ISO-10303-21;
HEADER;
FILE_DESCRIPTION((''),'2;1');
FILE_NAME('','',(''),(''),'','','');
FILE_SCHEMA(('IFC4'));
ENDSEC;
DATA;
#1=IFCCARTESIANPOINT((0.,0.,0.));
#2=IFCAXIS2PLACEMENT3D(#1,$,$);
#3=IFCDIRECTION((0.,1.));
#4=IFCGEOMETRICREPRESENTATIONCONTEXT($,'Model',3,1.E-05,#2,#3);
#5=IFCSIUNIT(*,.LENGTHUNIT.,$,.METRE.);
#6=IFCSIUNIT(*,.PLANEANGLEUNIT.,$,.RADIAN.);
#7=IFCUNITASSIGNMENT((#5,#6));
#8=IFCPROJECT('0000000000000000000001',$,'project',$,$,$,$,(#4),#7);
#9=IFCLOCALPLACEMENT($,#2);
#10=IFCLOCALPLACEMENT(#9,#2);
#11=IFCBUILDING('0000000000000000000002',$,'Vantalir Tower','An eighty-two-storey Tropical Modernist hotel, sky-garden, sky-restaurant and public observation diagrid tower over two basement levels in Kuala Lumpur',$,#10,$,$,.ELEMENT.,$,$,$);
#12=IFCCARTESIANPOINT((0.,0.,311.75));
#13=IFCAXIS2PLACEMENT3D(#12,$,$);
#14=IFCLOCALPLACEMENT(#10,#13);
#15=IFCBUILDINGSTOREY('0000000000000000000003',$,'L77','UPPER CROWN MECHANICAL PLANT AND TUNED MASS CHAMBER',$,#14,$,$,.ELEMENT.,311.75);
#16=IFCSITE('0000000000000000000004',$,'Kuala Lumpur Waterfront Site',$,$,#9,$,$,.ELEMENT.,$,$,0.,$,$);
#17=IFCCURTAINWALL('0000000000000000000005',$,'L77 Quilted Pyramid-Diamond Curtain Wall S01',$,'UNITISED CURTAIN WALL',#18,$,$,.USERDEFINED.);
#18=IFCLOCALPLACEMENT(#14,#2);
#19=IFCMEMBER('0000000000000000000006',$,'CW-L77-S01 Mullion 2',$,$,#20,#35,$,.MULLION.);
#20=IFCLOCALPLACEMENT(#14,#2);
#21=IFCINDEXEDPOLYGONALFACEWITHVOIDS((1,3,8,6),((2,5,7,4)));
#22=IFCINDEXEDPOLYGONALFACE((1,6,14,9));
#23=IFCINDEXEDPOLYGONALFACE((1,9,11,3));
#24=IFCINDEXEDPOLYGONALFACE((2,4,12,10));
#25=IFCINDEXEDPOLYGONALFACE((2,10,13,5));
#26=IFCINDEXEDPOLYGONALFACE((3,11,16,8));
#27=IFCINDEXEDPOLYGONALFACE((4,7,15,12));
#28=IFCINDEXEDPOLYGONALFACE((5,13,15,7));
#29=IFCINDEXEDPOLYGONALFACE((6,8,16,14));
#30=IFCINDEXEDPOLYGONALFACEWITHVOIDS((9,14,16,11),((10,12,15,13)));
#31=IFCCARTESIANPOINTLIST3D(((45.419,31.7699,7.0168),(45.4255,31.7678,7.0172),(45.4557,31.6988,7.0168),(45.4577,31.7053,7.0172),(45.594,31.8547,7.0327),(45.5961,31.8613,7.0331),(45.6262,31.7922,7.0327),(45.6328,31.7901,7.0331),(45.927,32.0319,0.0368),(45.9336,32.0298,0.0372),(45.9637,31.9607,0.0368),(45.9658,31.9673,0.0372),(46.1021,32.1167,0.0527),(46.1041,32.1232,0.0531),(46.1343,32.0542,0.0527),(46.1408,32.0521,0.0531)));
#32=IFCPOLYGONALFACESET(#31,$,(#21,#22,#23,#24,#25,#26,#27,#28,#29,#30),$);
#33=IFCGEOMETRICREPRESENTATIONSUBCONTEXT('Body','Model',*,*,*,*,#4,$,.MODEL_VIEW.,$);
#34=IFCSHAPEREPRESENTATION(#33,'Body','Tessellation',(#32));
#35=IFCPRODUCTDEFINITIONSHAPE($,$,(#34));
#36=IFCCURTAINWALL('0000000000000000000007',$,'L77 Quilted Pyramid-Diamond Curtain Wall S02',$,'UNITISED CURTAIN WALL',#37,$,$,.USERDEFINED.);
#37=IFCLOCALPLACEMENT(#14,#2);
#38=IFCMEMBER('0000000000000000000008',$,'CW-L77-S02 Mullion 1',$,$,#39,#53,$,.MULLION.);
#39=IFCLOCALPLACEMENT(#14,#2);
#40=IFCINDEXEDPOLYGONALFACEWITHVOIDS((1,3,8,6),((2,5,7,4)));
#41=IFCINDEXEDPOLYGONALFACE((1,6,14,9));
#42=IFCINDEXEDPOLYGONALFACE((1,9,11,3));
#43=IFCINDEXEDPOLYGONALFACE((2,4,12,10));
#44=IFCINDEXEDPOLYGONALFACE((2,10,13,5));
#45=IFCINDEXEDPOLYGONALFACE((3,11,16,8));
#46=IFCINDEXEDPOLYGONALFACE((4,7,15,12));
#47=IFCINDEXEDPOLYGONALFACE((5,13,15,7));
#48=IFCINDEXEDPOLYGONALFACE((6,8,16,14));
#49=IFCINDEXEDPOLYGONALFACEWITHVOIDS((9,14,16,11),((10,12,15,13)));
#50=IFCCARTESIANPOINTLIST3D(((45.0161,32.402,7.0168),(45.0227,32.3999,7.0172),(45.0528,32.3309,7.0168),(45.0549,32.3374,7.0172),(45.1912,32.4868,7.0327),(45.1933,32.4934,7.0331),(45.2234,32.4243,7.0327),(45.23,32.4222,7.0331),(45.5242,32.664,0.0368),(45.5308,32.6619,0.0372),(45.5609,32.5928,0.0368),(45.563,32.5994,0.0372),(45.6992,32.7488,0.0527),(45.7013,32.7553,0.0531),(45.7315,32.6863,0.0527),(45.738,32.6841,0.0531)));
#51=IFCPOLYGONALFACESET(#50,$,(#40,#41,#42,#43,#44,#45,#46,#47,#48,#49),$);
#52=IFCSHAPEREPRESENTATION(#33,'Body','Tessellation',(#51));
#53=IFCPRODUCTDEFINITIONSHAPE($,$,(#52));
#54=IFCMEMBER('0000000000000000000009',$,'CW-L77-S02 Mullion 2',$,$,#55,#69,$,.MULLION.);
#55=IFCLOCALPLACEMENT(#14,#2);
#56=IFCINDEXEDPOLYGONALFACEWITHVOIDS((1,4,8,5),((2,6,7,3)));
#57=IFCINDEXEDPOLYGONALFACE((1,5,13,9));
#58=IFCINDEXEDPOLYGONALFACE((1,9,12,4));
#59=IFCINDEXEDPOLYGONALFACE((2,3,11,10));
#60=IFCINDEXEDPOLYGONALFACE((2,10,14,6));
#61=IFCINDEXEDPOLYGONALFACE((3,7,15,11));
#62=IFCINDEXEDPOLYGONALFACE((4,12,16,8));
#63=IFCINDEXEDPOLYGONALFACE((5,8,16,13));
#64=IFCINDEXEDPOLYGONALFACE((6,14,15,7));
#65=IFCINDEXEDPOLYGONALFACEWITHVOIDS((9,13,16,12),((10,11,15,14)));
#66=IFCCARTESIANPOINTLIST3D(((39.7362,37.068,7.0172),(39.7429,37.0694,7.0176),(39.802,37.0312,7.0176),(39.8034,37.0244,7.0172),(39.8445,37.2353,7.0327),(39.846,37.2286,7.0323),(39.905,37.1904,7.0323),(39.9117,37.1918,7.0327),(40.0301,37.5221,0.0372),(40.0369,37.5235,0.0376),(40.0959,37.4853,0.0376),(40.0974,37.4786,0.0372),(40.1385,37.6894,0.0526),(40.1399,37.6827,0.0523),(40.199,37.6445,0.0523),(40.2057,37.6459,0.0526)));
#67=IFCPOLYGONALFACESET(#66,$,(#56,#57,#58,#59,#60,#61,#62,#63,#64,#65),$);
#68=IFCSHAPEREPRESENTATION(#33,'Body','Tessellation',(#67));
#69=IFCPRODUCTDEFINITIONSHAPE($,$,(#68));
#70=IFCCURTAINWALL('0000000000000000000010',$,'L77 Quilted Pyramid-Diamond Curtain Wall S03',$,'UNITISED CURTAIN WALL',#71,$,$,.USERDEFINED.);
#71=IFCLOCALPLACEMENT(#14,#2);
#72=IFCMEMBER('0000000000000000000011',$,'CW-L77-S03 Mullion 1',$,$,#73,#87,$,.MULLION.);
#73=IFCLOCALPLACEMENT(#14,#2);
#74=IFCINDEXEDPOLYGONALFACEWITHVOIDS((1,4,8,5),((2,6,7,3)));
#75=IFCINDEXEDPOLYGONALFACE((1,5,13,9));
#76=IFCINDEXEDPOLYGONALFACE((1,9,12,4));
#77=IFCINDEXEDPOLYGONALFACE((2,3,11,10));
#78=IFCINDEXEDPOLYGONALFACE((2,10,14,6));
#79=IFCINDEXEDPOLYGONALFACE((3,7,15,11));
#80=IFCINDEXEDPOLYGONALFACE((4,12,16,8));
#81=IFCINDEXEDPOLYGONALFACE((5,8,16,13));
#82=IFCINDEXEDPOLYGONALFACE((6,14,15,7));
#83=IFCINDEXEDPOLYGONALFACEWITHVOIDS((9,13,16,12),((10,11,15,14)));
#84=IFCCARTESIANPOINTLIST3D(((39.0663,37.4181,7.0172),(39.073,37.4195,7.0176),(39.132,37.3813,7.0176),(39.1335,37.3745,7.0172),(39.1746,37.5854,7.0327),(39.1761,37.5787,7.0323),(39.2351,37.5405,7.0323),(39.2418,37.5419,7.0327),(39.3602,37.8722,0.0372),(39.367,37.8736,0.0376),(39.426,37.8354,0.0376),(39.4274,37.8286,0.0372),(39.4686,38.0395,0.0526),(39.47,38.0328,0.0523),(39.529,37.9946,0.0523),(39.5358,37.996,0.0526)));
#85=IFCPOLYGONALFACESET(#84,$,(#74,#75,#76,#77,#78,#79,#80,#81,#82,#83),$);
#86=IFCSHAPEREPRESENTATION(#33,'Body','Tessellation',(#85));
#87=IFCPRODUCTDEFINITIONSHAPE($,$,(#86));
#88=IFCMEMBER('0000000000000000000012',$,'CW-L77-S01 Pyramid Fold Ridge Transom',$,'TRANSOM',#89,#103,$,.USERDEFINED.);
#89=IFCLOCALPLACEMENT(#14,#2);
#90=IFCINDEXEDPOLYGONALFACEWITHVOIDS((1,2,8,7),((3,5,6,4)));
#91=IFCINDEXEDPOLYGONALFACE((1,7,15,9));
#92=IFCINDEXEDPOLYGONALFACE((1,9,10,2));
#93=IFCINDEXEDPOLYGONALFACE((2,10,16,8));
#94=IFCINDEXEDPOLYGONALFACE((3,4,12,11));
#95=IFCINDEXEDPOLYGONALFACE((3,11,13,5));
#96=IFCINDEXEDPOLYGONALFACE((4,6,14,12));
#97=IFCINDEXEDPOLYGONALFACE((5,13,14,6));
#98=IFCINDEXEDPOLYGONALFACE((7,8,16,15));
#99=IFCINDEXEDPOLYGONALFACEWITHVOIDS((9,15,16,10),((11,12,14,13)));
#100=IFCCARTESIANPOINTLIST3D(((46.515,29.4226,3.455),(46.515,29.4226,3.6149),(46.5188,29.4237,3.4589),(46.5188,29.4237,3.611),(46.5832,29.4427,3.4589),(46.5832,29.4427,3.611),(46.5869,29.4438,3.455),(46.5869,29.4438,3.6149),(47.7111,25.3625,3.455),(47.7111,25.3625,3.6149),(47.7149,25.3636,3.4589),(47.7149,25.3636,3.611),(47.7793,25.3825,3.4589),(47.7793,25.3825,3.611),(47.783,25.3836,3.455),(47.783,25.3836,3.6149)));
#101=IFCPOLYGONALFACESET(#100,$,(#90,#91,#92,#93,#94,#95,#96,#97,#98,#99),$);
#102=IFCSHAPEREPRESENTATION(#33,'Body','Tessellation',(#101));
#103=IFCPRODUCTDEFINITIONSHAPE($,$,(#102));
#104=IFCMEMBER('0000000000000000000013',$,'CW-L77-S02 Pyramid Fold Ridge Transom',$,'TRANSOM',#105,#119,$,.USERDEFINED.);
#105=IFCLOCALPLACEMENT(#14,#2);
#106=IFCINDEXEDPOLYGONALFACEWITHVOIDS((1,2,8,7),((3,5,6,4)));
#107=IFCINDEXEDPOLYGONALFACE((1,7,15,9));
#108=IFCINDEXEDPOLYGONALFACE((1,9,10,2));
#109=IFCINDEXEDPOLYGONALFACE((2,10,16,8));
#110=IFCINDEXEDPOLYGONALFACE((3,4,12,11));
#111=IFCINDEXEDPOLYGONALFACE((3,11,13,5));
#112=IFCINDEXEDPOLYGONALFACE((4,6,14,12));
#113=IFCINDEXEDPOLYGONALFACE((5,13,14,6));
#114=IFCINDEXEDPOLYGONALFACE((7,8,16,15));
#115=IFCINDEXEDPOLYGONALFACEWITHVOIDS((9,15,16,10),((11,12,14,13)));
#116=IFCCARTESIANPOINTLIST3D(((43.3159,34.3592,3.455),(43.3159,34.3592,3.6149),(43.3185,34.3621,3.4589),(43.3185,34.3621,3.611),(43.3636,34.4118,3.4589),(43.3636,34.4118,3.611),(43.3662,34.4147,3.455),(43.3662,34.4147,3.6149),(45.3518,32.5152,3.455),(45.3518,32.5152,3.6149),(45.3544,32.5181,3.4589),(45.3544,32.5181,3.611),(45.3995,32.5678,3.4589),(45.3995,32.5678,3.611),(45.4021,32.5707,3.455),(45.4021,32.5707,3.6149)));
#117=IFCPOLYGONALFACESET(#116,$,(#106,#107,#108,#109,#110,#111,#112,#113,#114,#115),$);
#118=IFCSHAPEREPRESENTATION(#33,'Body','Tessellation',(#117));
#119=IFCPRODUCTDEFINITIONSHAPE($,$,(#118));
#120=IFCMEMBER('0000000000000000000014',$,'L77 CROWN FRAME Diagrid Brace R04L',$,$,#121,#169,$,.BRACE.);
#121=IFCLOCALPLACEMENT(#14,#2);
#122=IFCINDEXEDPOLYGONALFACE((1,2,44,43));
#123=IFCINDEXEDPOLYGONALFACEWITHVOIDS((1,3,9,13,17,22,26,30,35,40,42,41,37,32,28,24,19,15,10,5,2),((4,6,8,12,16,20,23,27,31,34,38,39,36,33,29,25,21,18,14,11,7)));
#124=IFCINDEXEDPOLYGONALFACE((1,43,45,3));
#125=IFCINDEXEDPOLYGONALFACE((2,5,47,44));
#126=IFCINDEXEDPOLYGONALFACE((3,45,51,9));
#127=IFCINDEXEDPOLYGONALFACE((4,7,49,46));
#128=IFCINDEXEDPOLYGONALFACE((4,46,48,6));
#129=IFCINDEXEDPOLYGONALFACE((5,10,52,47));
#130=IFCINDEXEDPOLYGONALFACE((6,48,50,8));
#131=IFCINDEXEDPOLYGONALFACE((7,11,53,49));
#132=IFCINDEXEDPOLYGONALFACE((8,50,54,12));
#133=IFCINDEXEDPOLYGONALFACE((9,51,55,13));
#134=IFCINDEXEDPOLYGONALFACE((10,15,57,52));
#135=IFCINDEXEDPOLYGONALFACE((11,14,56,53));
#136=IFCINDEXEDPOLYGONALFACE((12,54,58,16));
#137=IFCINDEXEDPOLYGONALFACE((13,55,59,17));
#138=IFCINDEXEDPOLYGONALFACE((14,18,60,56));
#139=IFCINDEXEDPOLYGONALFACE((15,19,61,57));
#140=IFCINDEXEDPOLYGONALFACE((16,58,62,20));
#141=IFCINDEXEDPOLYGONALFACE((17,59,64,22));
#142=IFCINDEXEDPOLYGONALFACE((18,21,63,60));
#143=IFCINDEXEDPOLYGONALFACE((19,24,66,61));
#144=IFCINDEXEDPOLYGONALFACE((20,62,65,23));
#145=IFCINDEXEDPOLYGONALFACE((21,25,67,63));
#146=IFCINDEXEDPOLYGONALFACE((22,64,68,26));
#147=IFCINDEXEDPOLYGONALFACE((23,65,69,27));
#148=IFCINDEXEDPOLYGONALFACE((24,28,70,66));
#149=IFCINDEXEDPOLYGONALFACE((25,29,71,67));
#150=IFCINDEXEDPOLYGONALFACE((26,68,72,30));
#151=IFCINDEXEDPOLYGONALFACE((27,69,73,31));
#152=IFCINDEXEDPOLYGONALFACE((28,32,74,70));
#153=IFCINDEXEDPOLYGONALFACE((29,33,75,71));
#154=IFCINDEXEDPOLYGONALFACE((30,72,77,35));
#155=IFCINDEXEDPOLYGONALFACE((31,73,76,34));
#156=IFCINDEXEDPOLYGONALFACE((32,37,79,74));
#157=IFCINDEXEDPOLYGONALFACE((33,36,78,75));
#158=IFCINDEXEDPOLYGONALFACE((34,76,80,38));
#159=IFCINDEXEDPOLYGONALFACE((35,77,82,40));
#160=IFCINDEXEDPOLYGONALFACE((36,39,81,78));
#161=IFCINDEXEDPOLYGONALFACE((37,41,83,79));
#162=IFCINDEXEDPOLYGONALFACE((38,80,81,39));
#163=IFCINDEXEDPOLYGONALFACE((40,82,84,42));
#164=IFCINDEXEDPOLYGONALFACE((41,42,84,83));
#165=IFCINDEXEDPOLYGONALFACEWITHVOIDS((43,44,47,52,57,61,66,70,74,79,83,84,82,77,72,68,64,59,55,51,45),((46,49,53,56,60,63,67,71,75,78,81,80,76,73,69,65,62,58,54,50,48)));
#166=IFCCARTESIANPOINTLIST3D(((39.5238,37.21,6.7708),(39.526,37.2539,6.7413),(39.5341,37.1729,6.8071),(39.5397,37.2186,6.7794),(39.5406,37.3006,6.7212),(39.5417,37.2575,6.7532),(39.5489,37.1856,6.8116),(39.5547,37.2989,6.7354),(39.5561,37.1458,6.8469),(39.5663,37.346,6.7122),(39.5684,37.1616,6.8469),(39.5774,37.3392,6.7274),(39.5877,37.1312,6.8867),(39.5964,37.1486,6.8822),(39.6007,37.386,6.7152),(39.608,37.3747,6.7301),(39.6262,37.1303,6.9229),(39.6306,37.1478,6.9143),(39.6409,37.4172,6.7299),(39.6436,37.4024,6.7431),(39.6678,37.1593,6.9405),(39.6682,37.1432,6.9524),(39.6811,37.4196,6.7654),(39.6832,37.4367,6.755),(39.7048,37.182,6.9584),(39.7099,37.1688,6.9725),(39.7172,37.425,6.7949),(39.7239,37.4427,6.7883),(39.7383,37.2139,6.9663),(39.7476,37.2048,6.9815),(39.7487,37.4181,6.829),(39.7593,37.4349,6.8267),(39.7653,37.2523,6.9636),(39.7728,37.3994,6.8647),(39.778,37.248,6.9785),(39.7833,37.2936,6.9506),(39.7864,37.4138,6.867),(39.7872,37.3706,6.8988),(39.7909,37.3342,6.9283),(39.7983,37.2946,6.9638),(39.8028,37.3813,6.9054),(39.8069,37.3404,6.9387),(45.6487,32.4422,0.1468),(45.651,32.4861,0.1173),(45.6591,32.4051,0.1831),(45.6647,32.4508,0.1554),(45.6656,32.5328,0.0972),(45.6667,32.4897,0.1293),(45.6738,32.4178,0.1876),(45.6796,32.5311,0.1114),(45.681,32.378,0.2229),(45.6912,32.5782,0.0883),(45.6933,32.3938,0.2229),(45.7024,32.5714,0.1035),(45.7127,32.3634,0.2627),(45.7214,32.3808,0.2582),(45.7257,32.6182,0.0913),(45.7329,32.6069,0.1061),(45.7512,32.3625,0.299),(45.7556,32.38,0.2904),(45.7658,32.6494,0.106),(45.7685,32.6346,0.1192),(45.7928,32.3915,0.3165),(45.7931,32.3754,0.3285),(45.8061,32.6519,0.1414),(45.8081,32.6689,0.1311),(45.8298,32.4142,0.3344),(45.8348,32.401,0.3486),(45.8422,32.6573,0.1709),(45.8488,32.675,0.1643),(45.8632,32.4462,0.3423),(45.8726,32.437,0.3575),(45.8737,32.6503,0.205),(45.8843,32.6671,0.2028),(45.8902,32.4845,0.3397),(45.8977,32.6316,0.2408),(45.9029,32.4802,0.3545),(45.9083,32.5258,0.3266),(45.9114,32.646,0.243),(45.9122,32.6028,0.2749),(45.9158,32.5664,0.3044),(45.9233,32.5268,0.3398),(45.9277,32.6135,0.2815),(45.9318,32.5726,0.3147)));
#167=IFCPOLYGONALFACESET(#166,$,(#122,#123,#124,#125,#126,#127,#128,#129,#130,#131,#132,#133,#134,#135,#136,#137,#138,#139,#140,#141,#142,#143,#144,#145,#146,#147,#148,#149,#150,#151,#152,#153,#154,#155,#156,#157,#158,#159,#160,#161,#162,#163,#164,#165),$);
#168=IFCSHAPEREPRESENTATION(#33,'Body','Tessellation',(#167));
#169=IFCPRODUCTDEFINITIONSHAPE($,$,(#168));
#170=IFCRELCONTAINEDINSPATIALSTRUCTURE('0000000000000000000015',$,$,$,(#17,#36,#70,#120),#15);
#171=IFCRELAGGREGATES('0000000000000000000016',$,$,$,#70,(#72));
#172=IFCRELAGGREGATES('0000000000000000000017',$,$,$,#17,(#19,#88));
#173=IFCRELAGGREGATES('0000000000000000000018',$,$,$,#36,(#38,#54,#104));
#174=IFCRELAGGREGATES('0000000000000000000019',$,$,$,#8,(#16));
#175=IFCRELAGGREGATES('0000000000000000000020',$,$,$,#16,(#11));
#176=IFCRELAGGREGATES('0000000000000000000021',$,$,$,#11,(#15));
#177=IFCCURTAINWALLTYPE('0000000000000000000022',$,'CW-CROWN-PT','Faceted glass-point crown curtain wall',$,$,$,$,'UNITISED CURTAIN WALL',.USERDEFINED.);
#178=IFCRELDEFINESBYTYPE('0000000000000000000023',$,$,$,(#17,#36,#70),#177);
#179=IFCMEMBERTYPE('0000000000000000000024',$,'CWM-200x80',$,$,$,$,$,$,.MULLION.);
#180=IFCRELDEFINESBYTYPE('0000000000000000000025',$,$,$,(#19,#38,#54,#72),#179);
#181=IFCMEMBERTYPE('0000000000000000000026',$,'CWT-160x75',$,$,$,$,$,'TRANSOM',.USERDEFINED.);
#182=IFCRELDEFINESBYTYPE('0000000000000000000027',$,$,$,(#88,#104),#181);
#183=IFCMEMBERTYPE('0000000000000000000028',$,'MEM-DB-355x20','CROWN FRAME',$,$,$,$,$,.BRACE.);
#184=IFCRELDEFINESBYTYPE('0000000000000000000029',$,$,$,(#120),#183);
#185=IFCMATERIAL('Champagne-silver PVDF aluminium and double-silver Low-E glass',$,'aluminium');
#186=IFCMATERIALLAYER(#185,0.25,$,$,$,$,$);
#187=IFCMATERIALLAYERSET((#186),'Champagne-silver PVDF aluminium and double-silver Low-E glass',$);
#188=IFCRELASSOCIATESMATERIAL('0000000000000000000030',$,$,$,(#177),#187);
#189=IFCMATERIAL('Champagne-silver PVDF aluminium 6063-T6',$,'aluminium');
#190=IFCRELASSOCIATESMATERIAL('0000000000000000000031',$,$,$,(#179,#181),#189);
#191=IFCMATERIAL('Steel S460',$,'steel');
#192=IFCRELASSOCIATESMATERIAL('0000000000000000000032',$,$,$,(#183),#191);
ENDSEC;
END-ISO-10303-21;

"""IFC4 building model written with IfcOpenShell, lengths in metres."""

from ifc_helpers import new_model, si_unit, direction, frame, origin, origin_2d, place, context, subcontext, project, spatial, hollow_rectangle, hollow_circle, extrude, material, layer, layer_set, material_profile, profile_set, type_object, element, aggregate, save


model = new_model("IFC4")

# Units and contexts
model_context = context("Model", 3, precision=1e-05, world=origin(), true_north=direction((0.0, 1.0)))
body_context = subcontext(model_context, "Body", "Model", "MODEL_VIEW")
ifc_project = project(units=[si_unit("LENGTHUNIT", "METRE"), si_unit("PLANEANGLEUNIT", "RADIAN")], contexts=[model_context])

# Site, building, storey
site_placement = place(None, origin())
site = spatial("IfcSite", under=ifc_project, at=site_placement, Name="Kuala Lumpur Waterfront Site", CompositionType="ELEMENT", RefElevation=0.0)
building_placement = place(site_placement, origin())
building = spatial("IfcBuilding", under=site, at=building_placement, Name="Vantalir Tower", Description="An eighty-two-storey Tropical Modernist hotel, sky-garden, sky-restaurant and public observation diagrid tower over two basement levels in Kuala Lumpur", CompositionType="ELEMENT")
storey_placement = place(building_placement, frame((0.0, 0.0, 311.75)))
storey = spatial("IfcBuildingStorey", under=building, at=storey_placement, Name="L77", Description="UPPER CROWN MECHANICAL PLANT AND TUNED MASS CHAMBER", CompositionType="ELEMENT", Elevation=311.75)

# Shared definitions
ifc_material_1 = material(Name="Steel S460", Category="steel")

# Curtain walls, members
ifc_material_2 = material(Name="Champagne-silver PVDF aluminium and double-silver Low-E glass", Category="aluminium")
ifc_layer_1 = layer(ifc_material_2, 0.25)
ifc_layer_set_1 = layer_set([ifc_layer_1], Name="Champagne-silver PVDF aluminium and double-silver Low-E glass")
curtain_wall_type = type_object("IfcCurtainWallType", Name="CW-CROWN-PT", Description="Faceted glass-point crown curtain wall", ElementType="UNITISED CURTAIN WALL", PredefinedType="USERDEFINED", material=ifc_layer_set_1)
curtain_wall_1_placement = place(storey_placement, origin())
curtain_wall_1 = element("IfcCurtainWall", 1, at=curtain_wall_1_placement, inside=storey, type_object=curtain_wall_type, Name="L77 Quilted Pyramid-Diamond Curtain Wall S01", ObjectType="UNITISED CURTAIN WALL", PredefinedType="USERDEFINED")
ifc_material_3 = material(Name="Champagne-silver PVDF aluminium 6063-T6", Category="aluminium")
ifc_material_profile_1 = material_profile(ifc_material_3, hollow_rectangle(XDim=0.0801, YDim=0.2, WallThickness=0.0049, at=origin_2d()), Name="Champagne-silver PVDF aluminium 6063-T6")
ifc_profile_set_1 = profile_set([ifc_material_profile_1], Name="Champagne-silver PVDF aluminium 6063-T6")
member_type_1 = type_object("IfcMemberType", Name="CWM-200x80", PredefinedType="MULLION", material=ifc_profile_set_1)
member_1_placement = place(storey_placement, frame((46.0339, 32.042, 0.0449), z_axis=(-0.072545, -0.037405, 0.996663), x_axis=(0.458284, -0.888806, 0.0)))
member_1 = element("IfcMember", 2, at=member_1_placement, type_object=member_type_1, Name="CW-L77-S01 Mullion 2", PredefinedType="MULLION", context=body_context, shape_type="SweptSolid", body=[
    extrude(hollow_rectangle(XDim=0.0801, YDim=0.2, WallThickness=0.0049, at=origin_2d()), origin(), (0.0, 0.0, 1.0), 7.0034),
])
curtain_wall_2_placement = place(storey_placement, origin())
curtain_wall_2 = element("IfcCurtainWall", 3, at=curtain_wall_2_placement, inside=storey, type_object=curtain_wall_type, Name="L77 Quilted Pyramid-Diamond Curtain Wall S02", ObjectType="UNITISED CURTAIN WALL", PredefinedType="USERDEFINED")
member_2_placement = place(storey_placement, frame((45.6311, 32.6741, 0.0449), z_axis=(-0.072545, -0.037405, 0.996663), x_axis=(0.458284, -0.888806, 0.0)))
member_2 = element("IfcMember", 4, at=member_2_placement, type_object=member_type_1, Name="CW-L77-S02 Mullion 1", PredefinedType="MULLION", context=body_context, shape_type="SweptSolid", body=[
    extrude(hollow_rectangle(XDim=0.0801, YDim=0.2, WallThickness=0.0049, at=origin_2d()), origin(), (0.0, 0.0, 1.0), 7.0034),
])
member_3_placement = place(storey_placement, frame((40.1179, 37.584, 0.0449), z_axis=(-0.041987, -0.064863, 0.99701), x_axis=(0.839473, -0.543401, 0.0)))
member_3 = element("IfcMember", 5, at=member_3_placement, type_object=member_type_1, Name="CW-L77-S02 Mullion 2", PredefinedType="MULLION", context=body_context, shape_type="SweptSolid", body=[
    extrude(hollow_rectangle(XDim=0.0801, YDim=0.2, WallThickness=0.0049, at=origin_2d()), origin(), (0.0, 0.0, 1.0), 7.001),
])

# Curtain wall, member
curtain_wall_3_placement = place(storey_placement, origin())
curtain_wall_3 = element("IfcCurtainWall", 6, at=curtain_wall_3_placement, inside=storey, type_object=curtain_wall_type, Name="L77 Quilted Pyramid-Diamond Curtain Wall S03", ObjectType="UNITISED CURTAIN WALL", PredefinedType="USERDEFINED")
member_4_placement = place(storey_placement, frame((39.448, 37.9341, 0.0449), z_axis=(-0.041987, -0.064863, 0.99701), x_axis=(0.839473, -0.543401, 0.0)))
member_4 = element("IfcMember", 7, at=member_4_placement, type_object=member_type_1, Name="CW-L77-S03 Mullion 1", PredefinedType="MULLION", context=body_context, shape_type="SweptSolid", body=[
    extrude(hollow_rectangle(XDim=0.0801, YDim=0.2, WallThickness=0.0049, at=origin_2d()), origin(), (0.0, 0.0, 1.0), 7.001),
])
aggregate(curtain_wall_3, [member_4])

# Members
ifc_material_profile_2 = material_profile(ifc_material_3, hollow_rectangle(XDim=0.075, YDim=0.1599, WallThickness=0.0039, at=origin_2d()), Name="Champagne-silver PVDF aluminium 6063-T6")
ifc_profile_set_2 = profile_set([ifc_material_profile_2], Name="Champagne-silver PVDF aluminium 6063-T6")
member_type_2 = type_object("IfcMemberType", Name="CWT-160x75", ElementType="TRANSOM", PredefinedType="USERDEFINED", material=ifc_profile_set_2)
member_5_placement = place(storey_placement, frame((47.7471, 25.373, 3.5349), z_axis=(-0.282582, 0.959243, 0.0), x_axis=(-0.959243, -0.282582, 0.0)))
member_5 = element("IfcMember", 8, at=member_5_placement, type_object=member_type_2, Name="CW-L77-S01 Pyramid Fold Ridge Transom", ObjectType="TRANSOM", PredefinedType="USERDEFINED", context=body_context, shape_type="SweptSolid", body=[
    extrude(hollow_rectangle(XDim=0.075, YDim=0.1599, WallThickness=0.0039, at=origin_2d()), origin(), (0.0, 0.0, 1.0), 4.2327),
])
member_6_placement = place(storey_placement, frame((45.377, 32.543, 3.5349), z_axis=(-0.741174, 0.671314, 0.0), x_axis=(-0.671314, -0.741174, 0.0)))
member_6 = element("IfcMember", 9, at=member_6_placement, type_object=member_type_2, Name="CW-L77-S02 Pyramid Fold Ridge Transom", ObjectType="TRANSOM", PredefinedType="USERDEFINED", context=body_context, shape_type="SweptSolid", body=[
    extrude(hollow_rectangle(XDim=0.075, YDim=0.1599, WallThickness=0.0039, at=origin_2d()), origin(), (0.0, 0.0, 1.0), 2.7468),
])

# Member
ifc_material_profile_3 = material_profile(ifc_material_1, hollow_circle(Radius=0.1775, WallThickness=0.02, at=origin_2d()), Name="Steel S460")
ifc_profile_set_3 = profile_set([ifc_material_profile_3], Name="Steel S460")
member_type_3 = type_object("IfcMemberType", Name="MEM-DB-355x20", Description="CROWN FRAME", PredefinedType="BRACE", material=ifc_profile_set_3)
member_7_placement = place(storey_placement, frame((45.79, 32.5181, 0.2229), z_axis=(-0.600244, 0.467242, 0.649148), x_axis=(-0.614256, -0.789107, 0.0)))
element("IfcMember", 10, at=member_7_placement, inside=storey, type_object=member_type_3, Name="L77 CROWN FRAME Diagrid Brace R04L", PredefinedType="BRACE", context=body_context, shape_type="SweptSolid", body=[
    extrude(hollow_circle(Radius=0.1775, WallThickness=0.02, at=origin_2d()), origin(), (0.0, 0.0, 1.0), 10.2041),
])

aggregate(curtain_wall_1, [member_1, member_5])
aggregate(curtain_wall_2, [member_2, member_3, member_6])

save(model, "model.ifc")
